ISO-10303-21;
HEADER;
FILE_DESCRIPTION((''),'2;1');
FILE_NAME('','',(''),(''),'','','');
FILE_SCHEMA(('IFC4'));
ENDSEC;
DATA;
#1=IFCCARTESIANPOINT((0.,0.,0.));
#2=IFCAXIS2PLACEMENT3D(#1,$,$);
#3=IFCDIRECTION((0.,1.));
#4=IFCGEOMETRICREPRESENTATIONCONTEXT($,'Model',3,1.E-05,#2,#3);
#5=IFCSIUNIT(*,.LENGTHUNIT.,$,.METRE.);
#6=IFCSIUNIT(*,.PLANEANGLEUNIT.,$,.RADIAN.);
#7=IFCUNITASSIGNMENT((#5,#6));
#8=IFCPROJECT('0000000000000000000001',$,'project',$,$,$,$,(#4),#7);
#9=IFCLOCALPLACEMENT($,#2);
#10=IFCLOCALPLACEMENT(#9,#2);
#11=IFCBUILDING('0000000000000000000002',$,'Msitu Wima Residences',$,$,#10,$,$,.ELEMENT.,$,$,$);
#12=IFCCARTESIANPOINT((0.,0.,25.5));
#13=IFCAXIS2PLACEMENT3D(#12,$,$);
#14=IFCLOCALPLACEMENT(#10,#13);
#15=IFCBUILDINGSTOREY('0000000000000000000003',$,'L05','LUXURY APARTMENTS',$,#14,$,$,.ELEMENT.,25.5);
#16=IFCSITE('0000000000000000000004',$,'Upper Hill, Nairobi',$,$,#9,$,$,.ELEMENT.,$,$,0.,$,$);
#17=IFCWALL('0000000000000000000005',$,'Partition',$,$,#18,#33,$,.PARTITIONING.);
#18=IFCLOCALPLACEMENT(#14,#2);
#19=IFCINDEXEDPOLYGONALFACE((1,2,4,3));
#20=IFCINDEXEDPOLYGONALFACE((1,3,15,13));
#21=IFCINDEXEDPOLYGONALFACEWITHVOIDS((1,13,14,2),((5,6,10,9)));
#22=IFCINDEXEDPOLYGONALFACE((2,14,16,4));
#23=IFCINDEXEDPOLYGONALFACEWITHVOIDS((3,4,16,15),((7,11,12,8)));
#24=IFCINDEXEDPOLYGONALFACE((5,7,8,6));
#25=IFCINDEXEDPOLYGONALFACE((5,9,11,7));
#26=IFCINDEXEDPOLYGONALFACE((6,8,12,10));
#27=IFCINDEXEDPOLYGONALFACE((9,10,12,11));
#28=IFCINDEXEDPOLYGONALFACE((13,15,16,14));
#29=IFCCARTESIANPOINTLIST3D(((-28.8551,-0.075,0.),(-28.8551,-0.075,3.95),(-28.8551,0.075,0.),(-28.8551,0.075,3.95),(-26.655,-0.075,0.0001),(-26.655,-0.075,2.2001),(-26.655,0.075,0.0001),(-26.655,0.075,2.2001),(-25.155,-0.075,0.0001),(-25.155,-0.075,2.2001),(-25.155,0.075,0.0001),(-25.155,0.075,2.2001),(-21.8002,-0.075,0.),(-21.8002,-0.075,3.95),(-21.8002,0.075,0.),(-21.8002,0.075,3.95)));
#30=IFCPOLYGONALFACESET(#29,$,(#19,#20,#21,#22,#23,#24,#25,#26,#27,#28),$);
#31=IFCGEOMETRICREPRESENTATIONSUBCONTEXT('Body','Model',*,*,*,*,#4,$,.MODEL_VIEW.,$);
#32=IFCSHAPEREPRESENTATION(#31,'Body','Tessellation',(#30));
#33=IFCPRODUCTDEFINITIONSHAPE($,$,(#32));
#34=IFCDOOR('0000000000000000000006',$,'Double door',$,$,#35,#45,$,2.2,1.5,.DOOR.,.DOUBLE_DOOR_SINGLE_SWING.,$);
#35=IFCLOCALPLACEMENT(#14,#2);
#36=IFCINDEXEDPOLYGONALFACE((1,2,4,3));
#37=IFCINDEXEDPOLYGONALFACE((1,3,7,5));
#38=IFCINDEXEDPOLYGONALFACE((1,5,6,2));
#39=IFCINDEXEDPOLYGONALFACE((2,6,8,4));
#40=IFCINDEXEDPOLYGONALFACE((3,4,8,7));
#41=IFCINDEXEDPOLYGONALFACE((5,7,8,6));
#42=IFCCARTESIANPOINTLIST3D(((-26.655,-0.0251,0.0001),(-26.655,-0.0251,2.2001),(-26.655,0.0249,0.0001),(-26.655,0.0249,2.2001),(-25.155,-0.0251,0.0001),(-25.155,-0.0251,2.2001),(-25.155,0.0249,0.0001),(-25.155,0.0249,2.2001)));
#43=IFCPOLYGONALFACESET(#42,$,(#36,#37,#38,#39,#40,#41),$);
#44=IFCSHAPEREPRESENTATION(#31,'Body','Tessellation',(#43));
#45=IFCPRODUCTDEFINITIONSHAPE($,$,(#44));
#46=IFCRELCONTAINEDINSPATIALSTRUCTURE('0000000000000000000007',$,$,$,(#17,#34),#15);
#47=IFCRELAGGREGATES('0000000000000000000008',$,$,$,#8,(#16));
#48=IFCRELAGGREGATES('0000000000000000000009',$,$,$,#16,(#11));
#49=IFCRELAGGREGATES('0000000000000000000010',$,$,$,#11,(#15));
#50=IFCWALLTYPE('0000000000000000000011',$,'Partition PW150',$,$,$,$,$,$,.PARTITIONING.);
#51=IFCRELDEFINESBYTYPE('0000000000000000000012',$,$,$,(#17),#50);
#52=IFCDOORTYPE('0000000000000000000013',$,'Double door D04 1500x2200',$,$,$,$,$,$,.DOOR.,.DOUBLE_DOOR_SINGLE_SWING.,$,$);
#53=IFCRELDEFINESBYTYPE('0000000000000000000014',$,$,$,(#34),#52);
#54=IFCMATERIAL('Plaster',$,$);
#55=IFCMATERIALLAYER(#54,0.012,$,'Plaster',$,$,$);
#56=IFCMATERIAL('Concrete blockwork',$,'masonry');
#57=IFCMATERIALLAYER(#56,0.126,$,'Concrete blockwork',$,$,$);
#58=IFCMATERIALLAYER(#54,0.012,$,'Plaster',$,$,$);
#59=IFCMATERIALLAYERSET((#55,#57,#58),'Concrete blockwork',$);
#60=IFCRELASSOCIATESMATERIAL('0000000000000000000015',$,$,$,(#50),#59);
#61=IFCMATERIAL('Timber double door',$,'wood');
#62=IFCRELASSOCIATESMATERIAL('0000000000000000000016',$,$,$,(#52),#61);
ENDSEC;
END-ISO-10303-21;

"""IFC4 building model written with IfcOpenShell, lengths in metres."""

from ifc_helpers import new_model, si_unit, direction, frame, frame_2d, origin, place, context, subcontext, project, spatial, rectangle, extrude, material, layer, layer_set, type_object, element, fill, save


model = new_model("IFC4")

# Units and contexts
model_context = context("Model", 3, precision=1e-05, world=origin(), true_north=direction((0.0, 1.0)))
body_context = subcontext(model_context, "Body", "Model", "MODEL_VIEW")
ifc_project = project(units=[si_unit("LENGTHUNIT", "METRE"), si_unit("PLANEANGLEUNIT", "RADIAN")], contexts=[model_context])

# Site, building, storey
site_placement = place(None, origin())
site = spatial("IfcSite", under=ifc_project, at=site_placement, Name="Upper Hill, Nairobi", CompositionType="ELEMENT", RefElevation=0.0)
building_placement = place(site_placement, origin())
building = spatial("IfcBuilding", under=site, at=building_placement, Name="Msitu Wima Residences", CompositionType="ELEMENT")
storey_placement = place(building_placement, frame((0.0, 0.0, 25.5)))
storey = spatial("IfcBuildingStorey", under=building, at=storey_placement, Name="L05", Description="LUXURY APARTMENTS", CompositionType="ELEMENT", Elevation=25.5)

# Shared definitions
ifc_material_1 = material(Name="Plaster")
ifc_layer_1 = layer(ifc_material_1, 0.012, Name="Plaster")
ifc_material_2 = material(Name="Concrete blockwork", Category="masonry")
ifc_layer_2 = layer(ifc_material_2, 0.126, Name="Concrete blockwork")
ifc_layer_3 = layer(ifc_material_1, 0.012, Name="Plaster")
ifc_layer_set_1 = layer_set([ifc_layer_1, ifc_layer_2, ifc_layer_3], Name="Concrete blockwork")
wall_type_1 = type_object("IfcWallType", Name="Partition PW150", PredefinedType="PARTITIONING", material=ifc_layer_set_1)

# Wall, opening, door
wall_1_placement = place(storey_placement, frame((-28.855, 0.0, 0.0), z_axis=(0.0, 0.0, 1.0), x_axis=(1.0, 0.0, 0.0)))
wall_1 = element("IfcWall", 1, at=wall_1_placement, inside=storey, type_object=wall_type_1, Name="Partition", PredefinedType="PARTITIONING", context=body_context, shape_type="SweptSolid", body=[
    extrude(rectangle(XDim=7.0549, YDim=0.1499, at=frame_2d((3.5273, 0.0))), origin(), (0.0, 0.0, 1.0), 3.95),
])
opening_1_placement = place(wall_1_placement, frame((2.2, 0.0, 0.0)))
opening_1 = element("IfcOpeningElement", 2, at=opening_1_placement, cuts=wall_1, PredefinedType="OPENING", context=body_context, shape_type="SweptSolid", body=[
    extrude(rectangle(XDim=1.5, YDim=2.2, at=frame_2d((0.75, 1.1001))), frame((0.0, 0.085, 0.0), z_axis=(0.0, -1.0, 0.0), x_axis=(1.0, 0.0, 0.0)), (0.0, 0.0, 1.0), 0.1699),
])
ifc_material_3 = material(Name="Timber double door", Category="wood")
door_type_1 = type_object("IfcDoorType", Name="Double door D04 1500x2200", OperationType="DOUBLE_DOOR_SINGLE_SWING", PredefinedType="DOOR", material=ifc_material_3)
door_1_placement = place(opening_1_placement, origin())
door_1 = element("IfcDoor", 3, at=door_1_placement, inside=storey, type_object=door_type_1, Name="Double door", OperationType="DOUBLE_DOOR_SINGLE_SWING", OverallHeight=2.2, OverallWidth=1.5, PredefinedType="DOOR", context=body_context, shape_type="SweptSolid", body=[
    extrude(rectangle(XDim=1.5, YDim=2.2, at=frame_2d((0.75, 1.1001))), frame((0.0, 0.0249, 0.0), z_axis=(0.0, -1.0, 0.0), x_axis=(1.0, 0.0, 0.0)), (0.0, 0.0, 1.0), 0.05),
])
fill(opening_1, door_1)

save(model, "model.ifc")
